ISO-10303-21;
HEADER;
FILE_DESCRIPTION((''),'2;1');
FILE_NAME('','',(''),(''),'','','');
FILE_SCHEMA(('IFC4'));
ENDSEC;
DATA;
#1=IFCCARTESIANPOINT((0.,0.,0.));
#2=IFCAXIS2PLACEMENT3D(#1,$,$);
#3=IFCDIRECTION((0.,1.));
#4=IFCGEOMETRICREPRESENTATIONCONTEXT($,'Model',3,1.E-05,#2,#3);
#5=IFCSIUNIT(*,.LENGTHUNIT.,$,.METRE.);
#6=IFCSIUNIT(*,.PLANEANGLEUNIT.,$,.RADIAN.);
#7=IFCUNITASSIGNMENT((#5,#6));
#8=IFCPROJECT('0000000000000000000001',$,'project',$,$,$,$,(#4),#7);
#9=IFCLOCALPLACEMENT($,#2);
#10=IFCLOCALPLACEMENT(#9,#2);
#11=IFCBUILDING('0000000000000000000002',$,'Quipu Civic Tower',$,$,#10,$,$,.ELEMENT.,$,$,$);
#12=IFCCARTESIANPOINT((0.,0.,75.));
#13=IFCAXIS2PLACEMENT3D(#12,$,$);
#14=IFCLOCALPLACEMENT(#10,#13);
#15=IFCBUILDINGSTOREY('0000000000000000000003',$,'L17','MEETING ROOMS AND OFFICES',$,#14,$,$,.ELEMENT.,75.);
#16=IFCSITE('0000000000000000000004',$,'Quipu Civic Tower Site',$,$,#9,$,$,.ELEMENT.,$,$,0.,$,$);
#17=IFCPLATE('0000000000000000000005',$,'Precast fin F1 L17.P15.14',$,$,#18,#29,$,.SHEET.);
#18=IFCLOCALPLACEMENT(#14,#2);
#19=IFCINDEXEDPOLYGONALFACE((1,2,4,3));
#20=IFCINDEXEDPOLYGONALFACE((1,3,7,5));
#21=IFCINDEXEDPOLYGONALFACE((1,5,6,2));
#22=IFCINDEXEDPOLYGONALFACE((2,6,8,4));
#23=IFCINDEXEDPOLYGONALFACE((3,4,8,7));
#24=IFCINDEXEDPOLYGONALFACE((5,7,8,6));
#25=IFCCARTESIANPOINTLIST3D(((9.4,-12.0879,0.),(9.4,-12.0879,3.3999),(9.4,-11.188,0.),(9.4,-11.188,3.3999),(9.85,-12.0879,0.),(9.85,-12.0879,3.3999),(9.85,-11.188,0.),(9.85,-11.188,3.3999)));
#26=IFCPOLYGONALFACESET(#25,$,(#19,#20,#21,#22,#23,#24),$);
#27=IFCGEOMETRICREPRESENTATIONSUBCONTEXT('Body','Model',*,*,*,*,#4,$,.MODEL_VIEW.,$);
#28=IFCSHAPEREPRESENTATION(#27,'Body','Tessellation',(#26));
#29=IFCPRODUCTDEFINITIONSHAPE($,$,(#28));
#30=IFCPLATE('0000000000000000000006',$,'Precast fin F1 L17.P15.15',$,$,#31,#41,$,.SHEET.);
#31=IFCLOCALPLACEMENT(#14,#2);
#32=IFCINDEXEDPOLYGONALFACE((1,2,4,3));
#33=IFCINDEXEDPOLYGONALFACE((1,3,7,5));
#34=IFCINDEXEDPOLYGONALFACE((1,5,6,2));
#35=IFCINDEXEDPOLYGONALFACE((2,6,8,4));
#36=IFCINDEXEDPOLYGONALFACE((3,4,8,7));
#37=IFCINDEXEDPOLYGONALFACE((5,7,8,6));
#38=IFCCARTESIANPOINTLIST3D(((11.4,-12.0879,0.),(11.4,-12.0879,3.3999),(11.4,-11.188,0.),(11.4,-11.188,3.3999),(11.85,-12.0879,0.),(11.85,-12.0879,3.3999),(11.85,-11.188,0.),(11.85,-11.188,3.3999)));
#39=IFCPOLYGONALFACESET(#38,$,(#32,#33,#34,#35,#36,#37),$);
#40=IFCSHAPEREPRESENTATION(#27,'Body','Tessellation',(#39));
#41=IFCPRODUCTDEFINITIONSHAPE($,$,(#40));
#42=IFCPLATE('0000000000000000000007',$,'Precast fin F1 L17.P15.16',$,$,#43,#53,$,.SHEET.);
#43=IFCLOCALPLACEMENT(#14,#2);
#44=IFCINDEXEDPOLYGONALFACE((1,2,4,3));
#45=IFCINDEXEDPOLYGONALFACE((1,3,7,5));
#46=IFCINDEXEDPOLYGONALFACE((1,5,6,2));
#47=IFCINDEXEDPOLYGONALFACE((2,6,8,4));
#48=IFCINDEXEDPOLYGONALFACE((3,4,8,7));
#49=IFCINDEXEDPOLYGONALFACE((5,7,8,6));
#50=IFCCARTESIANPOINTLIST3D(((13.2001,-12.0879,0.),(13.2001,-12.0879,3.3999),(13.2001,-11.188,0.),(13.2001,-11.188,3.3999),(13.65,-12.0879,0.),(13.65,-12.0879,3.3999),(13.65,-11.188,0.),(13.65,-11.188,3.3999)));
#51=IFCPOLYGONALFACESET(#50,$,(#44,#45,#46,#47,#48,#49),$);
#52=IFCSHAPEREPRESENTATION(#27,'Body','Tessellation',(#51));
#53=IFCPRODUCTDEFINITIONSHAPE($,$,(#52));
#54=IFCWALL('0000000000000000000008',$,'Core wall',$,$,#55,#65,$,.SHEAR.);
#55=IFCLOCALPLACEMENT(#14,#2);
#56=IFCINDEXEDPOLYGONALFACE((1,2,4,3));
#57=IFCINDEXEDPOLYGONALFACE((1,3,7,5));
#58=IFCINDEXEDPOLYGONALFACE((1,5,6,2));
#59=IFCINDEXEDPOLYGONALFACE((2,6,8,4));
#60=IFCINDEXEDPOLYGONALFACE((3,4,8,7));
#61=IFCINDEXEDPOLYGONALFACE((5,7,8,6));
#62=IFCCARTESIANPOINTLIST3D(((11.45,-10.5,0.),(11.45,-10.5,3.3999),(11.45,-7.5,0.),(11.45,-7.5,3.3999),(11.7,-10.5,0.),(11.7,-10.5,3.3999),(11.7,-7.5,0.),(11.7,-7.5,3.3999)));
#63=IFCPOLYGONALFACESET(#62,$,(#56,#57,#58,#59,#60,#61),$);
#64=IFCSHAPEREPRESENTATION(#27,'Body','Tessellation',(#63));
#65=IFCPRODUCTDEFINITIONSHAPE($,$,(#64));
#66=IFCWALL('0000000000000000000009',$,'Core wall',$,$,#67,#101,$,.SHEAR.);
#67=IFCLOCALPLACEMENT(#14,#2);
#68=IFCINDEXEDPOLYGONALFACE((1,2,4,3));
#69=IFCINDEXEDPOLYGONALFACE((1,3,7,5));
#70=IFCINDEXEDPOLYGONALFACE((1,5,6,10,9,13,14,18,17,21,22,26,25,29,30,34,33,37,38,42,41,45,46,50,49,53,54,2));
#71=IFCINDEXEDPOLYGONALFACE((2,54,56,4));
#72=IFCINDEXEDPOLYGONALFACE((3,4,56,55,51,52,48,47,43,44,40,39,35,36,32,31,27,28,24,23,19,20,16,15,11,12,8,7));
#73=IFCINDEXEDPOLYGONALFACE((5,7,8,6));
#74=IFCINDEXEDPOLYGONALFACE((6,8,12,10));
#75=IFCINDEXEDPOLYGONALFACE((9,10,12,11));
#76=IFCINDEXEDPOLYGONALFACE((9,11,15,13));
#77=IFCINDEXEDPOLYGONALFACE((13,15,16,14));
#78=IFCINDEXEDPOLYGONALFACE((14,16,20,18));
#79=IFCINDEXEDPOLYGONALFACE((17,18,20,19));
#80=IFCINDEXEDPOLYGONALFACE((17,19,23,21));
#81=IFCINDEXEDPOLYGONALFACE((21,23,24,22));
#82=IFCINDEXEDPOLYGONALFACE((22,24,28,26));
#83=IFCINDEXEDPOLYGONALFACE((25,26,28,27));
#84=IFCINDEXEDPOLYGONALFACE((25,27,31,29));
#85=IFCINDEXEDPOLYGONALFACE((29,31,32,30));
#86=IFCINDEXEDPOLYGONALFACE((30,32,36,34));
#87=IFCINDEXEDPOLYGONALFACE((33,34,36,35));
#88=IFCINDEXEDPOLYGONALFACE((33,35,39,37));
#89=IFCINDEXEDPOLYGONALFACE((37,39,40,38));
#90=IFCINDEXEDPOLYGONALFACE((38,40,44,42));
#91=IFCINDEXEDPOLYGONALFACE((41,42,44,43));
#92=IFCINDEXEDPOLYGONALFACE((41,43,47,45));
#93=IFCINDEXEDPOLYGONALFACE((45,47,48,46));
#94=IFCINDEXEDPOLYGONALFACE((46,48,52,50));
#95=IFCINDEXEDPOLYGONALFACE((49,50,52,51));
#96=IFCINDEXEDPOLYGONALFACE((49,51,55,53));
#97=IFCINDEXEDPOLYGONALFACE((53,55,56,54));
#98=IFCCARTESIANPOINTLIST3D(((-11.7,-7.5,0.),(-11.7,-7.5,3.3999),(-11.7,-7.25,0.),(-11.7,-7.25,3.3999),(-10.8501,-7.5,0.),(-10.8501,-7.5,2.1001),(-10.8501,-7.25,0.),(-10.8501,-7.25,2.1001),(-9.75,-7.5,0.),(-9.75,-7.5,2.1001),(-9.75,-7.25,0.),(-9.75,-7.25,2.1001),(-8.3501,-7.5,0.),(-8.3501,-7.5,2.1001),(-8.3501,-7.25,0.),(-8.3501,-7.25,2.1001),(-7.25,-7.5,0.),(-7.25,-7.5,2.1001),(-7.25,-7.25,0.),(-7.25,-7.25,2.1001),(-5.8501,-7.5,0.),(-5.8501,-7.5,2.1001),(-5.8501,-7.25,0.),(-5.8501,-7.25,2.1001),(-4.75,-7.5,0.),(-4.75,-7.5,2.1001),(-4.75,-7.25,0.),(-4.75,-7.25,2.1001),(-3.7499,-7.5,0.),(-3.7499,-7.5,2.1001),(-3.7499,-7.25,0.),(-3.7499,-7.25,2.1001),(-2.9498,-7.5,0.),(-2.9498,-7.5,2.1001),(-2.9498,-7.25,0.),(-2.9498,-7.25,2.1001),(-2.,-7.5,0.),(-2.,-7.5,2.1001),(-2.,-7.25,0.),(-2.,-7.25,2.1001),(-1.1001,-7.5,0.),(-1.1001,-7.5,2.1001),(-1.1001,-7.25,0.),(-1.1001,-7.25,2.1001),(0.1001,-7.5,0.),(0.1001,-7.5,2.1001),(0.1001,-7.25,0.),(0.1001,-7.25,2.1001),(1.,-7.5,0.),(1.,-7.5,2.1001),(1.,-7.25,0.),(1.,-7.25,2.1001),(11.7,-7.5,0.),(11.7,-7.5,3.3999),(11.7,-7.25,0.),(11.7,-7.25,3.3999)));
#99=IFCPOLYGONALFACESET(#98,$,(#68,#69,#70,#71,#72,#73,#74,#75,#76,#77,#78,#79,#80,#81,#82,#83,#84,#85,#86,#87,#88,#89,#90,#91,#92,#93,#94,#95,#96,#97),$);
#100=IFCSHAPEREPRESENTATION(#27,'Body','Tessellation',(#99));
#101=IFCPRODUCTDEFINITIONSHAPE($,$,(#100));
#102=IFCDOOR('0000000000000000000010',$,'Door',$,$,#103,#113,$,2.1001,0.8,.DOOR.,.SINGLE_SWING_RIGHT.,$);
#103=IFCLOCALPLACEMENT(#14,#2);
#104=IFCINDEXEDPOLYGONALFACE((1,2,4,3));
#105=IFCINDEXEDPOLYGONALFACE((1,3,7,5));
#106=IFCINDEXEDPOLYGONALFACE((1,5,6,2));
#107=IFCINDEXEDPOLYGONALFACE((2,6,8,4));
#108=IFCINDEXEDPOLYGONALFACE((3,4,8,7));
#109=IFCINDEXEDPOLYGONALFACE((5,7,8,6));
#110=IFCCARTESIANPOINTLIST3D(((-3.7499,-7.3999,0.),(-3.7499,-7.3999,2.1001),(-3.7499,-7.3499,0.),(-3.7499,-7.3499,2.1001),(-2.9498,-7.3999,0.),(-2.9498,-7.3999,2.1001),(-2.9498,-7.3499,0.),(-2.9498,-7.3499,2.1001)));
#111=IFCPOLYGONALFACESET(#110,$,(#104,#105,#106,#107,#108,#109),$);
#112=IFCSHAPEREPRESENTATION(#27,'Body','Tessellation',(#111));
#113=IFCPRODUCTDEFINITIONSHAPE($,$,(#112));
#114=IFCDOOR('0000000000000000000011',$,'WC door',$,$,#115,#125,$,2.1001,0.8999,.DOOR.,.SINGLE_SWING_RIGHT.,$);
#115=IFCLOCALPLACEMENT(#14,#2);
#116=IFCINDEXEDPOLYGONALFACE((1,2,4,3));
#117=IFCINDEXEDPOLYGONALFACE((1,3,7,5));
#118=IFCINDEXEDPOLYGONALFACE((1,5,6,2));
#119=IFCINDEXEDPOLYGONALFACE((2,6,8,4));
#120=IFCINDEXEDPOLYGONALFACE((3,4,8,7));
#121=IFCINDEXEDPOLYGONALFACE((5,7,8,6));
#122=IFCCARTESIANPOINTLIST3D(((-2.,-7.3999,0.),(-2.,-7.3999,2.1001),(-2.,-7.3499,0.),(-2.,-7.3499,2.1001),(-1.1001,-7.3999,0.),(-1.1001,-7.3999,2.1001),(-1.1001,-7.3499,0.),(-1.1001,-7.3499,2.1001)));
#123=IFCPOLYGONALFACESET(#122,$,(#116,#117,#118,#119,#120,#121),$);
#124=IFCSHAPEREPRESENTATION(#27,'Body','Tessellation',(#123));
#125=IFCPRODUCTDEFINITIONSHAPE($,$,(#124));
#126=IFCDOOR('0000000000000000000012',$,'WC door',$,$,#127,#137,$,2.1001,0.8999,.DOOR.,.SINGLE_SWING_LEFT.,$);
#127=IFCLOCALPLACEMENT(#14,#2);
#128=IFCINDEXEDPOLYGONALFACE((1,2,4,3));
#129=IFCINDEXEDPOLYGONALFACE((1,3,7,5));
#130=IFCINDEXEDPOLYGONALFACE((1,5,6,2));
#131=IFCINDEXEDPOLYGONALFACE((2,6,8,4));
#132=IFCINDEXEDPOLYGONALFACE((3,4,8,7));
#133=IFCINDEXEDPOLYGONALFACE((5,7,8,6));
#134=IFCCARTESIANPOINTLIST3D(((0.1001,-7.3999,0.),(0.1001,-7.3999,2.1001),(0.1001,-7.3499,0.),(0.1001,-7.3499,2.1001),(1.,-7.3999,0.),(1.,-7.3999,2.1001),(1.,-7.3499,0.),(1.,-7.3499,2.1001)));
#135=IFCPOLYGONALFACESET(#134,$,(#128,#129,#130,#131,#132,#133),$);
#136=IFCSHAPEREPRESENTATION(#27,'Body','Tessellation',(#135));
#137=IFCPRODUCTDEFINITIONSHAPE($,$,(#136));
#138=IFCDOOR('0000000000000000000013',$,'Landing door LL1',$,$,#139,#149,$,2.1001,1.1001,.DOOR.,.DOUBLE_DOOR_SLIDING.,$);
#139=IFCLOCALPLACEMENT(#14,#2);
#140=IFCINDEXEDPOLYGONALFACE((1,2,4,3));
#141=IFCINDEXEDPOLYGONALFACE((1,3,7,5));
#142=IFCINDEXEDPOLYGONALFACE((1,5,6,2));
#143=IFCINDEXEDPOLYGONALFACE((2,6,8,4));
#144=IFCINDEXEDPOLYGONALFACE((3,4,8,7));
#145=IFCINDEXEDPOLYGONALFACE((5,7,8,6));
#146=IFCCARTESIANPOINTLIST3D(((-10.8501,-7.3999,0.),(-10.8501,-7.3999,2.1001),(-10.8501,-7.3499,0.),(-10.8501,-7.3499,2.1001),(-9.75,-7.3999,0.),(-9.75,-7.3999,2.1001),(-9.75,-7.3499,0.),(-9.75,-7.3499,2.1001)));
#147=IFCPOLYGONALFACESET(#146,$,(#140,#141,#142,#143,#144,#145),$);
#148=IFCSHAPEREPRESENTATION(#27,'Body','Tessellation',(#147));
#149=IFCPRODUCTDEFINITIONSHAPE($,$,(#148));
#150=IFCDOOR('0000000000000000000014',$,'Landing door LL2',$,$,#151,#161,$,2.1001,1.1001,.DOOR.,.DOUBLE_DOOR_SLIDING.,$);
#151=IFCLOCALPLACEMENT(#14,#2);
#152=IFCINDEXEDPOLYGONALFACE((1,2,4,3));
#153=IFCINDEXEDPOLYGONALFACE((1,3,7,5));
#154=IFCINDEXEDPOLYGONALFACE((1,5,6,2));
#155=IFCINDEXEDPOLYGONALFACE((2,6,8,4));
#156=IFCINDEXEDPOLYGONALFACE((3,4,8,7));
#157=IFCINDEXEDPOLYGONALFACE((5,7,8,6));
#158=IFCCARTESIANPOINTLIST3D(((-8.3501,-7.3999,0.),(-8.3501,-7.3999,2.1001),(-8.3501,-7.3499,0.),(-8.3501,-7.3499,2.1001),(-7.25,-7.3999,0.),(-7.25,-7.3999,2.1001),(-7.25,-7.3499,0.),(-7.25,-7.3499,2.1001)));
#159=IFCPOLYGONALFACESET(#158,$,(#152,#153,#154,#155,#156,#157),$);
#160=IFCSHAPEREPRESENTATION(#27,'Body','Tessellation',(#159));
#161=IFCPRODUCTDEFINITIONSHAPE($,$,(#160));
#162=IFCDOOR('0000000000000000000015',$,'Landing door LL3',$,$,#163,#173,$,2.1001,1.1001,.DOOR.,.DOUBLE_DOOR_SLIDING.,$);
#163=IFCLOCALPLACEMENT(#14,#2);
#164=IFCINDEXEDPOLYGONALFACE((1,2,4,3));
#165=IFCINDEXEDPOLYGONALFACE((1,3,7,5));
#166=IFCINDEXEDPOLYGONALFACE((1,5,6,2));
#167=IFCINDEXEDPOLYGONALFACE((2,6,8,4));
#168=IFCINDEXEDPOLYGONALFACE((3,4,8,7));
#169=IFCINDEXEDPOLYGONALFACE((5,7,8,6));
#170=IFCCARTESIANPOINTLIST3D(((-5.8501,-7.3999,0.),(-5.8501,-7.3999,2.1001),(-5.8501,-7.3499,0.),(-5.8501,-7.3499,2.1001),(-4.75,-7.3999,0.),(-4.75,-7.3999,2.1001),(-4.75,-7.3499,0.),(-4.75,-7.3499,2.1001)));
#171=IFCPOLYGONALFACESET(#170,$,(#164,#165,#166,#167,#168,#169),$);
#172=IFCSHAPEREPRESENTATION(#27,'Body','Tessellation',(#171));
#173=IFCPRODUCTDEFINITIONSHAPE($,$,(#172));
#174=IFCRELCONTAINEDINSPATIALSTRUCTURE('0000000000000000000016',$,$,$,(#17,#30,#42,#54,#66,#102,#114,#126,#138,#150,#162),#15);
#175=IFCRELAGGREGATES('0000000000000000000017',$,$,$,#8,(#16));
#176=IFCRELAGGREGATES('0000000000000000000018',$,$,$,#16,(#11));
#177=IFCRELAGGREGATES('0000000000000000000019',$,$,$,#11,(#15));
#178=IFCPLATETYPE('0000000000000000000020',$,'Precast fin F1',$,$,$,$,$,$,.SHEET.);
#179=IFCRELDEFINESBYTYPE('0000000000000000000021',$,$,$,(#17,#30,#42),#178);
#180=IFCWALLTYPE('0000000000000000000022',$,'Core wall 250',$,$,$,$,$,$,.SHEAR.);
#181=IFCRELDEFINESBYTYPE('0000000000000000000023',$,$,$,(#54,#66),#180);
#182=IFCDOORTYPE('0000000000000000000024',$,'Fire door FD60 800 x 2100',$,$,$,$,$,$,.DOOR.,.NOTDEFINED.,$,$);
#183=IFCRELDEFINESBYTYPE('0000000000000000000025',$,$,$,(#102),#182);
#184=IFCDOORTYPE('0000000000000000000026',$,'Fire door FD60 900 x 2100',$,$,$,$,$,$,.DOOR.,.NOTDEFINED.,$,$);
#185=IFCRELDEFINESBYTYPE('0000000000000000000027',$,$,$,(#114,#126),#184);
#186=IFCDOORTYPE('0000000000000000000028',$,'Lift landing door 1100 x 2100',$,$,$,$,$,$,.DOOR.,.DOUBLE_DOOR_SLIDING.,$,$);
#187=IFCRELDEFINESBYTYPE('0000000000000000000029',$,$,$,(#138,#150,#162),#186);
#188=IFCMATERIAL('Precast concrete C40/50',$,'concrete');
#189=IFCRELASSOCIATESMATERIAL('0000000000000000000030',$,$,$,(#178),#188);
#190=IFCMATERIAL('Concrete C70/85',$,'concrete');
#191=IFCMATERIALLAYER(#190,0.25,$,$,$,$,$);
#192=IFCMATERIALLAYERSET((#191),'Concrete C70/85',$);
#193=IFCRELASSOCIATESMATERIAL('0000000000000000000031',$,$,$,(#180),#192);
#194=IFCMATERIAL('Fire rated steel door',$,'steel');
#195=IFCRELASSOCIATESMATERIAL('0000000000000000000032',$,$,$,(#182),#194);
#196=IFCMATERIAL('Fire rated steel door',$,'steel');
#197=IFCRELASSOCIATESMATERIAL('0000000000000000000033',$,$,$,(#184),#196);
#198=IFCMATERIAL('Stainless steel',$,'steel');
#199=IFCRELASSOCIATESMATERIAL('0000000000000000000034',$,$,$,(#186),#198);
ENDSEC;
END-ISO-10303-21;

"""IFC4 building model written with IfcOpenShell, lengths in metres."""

from ifc_helpers import new_model, si_unit, direction, frame, frame_2d, origin, origin_2d, place, context, subcontext, project, spatial, rectangle, extrude, material, layer, layer_set, type_object, element, fill, save


model = new_model("IFC4")

# Units and contexts
model_context = context("Model", 3, precision=1e-05, world=origin(), true_north=direction((0.0, 1.0)))
body_context = subcontext(model_context, "Body", "Model", "MODEL_VIEW")
ifc_project = project(units=[si_unit("LENGTHUNIT", "METRE"), si_unit("PLANEANGLEUNIT", "RADIAN")], contexts=[model_context])

# Site, building, storey
site_placement = place(None, origin())
site = spatial("IfcSite", under=ifc_project, at=site_placement, Name="Quipu Civic Tower Site", CompositionType="ELEMENT", RefElevation=0.0)
building_placement = place(site_placement, origin())
building = spatial("IfcBuilding", under=site, at=building_placement, Name="Quipu Civic Tower", CompositionType="ELEMENT")
storey_placement = place(building_placement, frame((0.0, 0.0, 75.0)))
storey = spatial("IfcBuildingStorey", under=building, at=storey_placement, Name="L17", Description="MEETING ROOMS AND OFFICES", CompositionType="ELEMENT", Elevation=75.0)

# Plates
ifc_material_1 = material(Name="Precast concrete C40/50", Category="concrete")
plate_type = type_object("IfcPlateType", Name="Precast fin F1", PredefinedType="SHEET", material=ifc_material_1)
for number, where, z_axis, x_axis, name in (
    (1, (9.625, -11.6379, 0.0), (0.0, 0.0, 1.0), (1.0, 0.0, 0.0), "Precast fin F1 L17.P15.14"),
    (2, (11.625, -11.6379, 0.0), (0.0, 0.0, 1.0), (1.0, 0.0, 0.0), "Precast fin F1 L17.P15.15"),
    (3, (13.425, -11.6379, 0.0), (0.0, 0.0, 1.0), (1.0, 0.0, 0.0), "Precast fin F1 L17.P15.16"),
):
    element("IfcPlate", number, at=place(storey_placement, frame(where, z_axis=z_axis, x_axis=x_axis)), inside=storey, type_object=plate_type, Name=name, PredefinedType="SHEET", context=body_context, shape_type="SweptSolid", body=[
        extrude(rectangle(XDim=0.45, YDim=0.8999, at=origin_2d()), origin(), (0.0, 0.0, 1.0), 3.3999),
    ])

# Wall
ifc_material_2 = material(Name="Concrete C70/85", Category="concrete")
ifc_layer_1 = layer(ifc_material_2, 0.25)
ifc_layer_set_1 = layer_set([ifc_layer_1], Name="Concrete C70/85")
wall_type_1 = type_object("IfcWallType", Name="Core wall 250", PredefinedType="SHEAR", material=ifc_layer_set_1)
wall_1_placement = place(storey_placement, frame((11.575, -10.5, 0.0), z_axis=(0.0, 0.0, 1.0), x_axis=(0.0, 1.0, 0.0)))
element("IfcWall", 4, at=wall_1_placement, inside=storey, type_object=wall_type_1, Name="Core wall", PredefinedType="SHEAR", context=body_context, shape_type="SweptSolid", body=[
    extrude(rectangle(XDim=3.0, YDim=0.25, at=frame_2d((1.5, 0.0))), origin(), (0.0, 0.0, 1.0), 3.3999),
])

# Wall, openings, doors
wall_2_placement = place(storey_placement, frame((11.7, -7.375, 0.0), z_axis=(0.0, 0.0, 1.0), x_axis=(-1.0, 0.0, 0.0)))
wall_2 = element("IfcWall", 5, at=wall_2_placement, inside=storey, type_object=wall_type_1, Name="Core wall", PredefinedType="SHEAR", context=body_context, shape_type="SweptSolid", body=[
    extrude(rectangle(XDim=23.3999, YDim=0.25, at=frame_2d((11.7, 0.0))), origin(), (0.0, 0.0, 1.0), 3.3999),
])
opening_1_placement = place(wall_2_placement, frame((21.45, 0.0, 0.0)))
opening_1 = element("IfcOpeningElement", 6, at=opening_1_placement, cuts=wall_2, PredefinedType="OPENING", context=body_context, shape_type="SweptSolid", body=[
    extrude(rectangle(XDim=1.1001, YDim=2.1001, at=frame_2d((0.55, 1.05))), frame((0.0, 0.135, 0.0), z_axis=(0.0, -1.0, 0.0), x_axis=(1.0, 0.0, 0.0)), (0.0, 0.0, 1.0), 0.27),
])
opening_2_placement = place(wall_2_placement, frame((18.95, 0.0, 0.0)))
opening_2 = element("IfcOpeningElement", 7, at=opening_2_placement, cuts=wall_2, PredefinedType="OPENING", context=body_context, shape_type="SweptSolid", body=[
    extrude(rectangle(XDim=1.1001, YDim=2.1001, at=frame_2d((0.55, 1.05))), frame((0.0, 0.135, 0.0), z_axis=(0.0, -1.0, 0.0), x_axis=(1.0, 0.0, 0.0)), (0.0, 0.0, 1.0), 0.27),
])
opening_3_placement = place(wall_2_placement, frame((16.45, 0.0, 0.0)))
opening_3 = element("IfcOpeningElement", 8, at=opening_3_placement, cuts=wall_2, PredefinedType="OPENING", context=body_context, shape_type="SweptSolid", body=[
    extrude(rectangle(XDim=1.1001, YDim=2.1001, at=frame_2d((0.55, 1.05))), frame((0.0, 0.135, 0.0), z_axis=(0.0, -1.0, 0.0), x_axis=(1.0, 0.0, 0.0)), (0.0, 0.0, 1.0), 0.27),
])
opening_4_placement = place(wall_2_placement, frame((14.6499, 0.0, 0.0)))
opening_4 = element("IfcOpeningElement", 9, at=opening_4_placement, cuts=wall_2, PredefinedType="OPENING", context=body_context, shape_type="SweptSolid", body=[
    extrude(rectangle(XDim=0.8, YDim=2.1001, at=frame_2d((0.3999, 1.05))), frame((0.0, 0.135, 0.0), z_axis=(0.0, -1.0, 0.0), x_axis=(1.0, 0.0, 0.0)), (0.0, 0.0, 1.0), 0.27),
])
opening_5_placement = place(wall_2_placement, frame((12.8, 0.0, 0.0)))
opening_5 = element("IfcOpeningElement", 10, at=opening_5_placement, cuts=wall_2, PredefinedType="OPENING", context=body_context, shape_type="SweptSolid", body=[
    extrude(rectangle(XDim=0.8999, YDim=2.1001, at=frame_2d((0.45, 1.05))), frame((0.0, 0.135, 0.0), z_axis=(0.0, -1.0, 0.0), x_axis=(1.0, 0.0, 0.0)), (0.0, 0.0, 1.0), 0.27),
])
opening_6_placement = place(wall_2_placement, frame((10.7, 0.0, 0.0)))
opening_6 = element("IfcOpeningElement", 11, at=opening_6_placement, cuts=wall_2, PredefinedType="OPENING", context=body_context, shape_type="SweptSolid", body=[
    extrude(rectangle(XDim=0.8999, YDim=2.1001, at=frame_2d((0.45, 1.05))), frame((0.0, 0.135, 0.0), z_axis=(0.0, -1.0, 0.0), x_axis=(1.0, 0.0, 0.0)), (0.0, 0.0, 1.0), 0.27),
])
ifc_material_3 = material(Name="Fire rated steel door", Category="steel")
door_type_1 = type_object("IfcDoorType", Name="Fire door FD60 800 x 2100", OperationType="NOTDEFINED", PredefinedType="DOOR", material=ifc_material_3)
door_1_placement = place(opening_4_placement, origin())
door_1 = element("IfcDoor", 12, at=door_1_placement, inside=storey, type_object=door_type_1, Name="Door", OperationType="SINGLE_SWING_RIGHT", OverallHeight=2.1001, OverallWidth=0.8, PredefinedType="DOOR", context=body_context, shape_type="SweptSolid", body=[
    extrude(rectangle(XDim=0.8, YDim=2.1001, at=frame_2d((0.3999, 1.05))), frame((0.0, 0.0249, 0.0), z_axis=(0.0, -1.0, 0.0), x_axis=(1.0, 0.0, 0.0)), (0.0, 0.0, 1.0), 0.05),
])
fill(opening_4, door_1)
ifc_material_4 = material(Name="Fire rated steel door", Category="steel")
door_type_2 = type_object("IfcDoorType", Name="Fire door FD60 900 x 2100", OperationType="NOTDEFINED", PredefinedType="DOOR", material=ifc_material_4)
door_2_placement = place(opening_5_placement, origin())
door_2 = element("IfcDoor", 13, at=door_2_placement, inside=storey, type_object=door_type_2, Name="WC door", OperationType="SINGLE_SWING_RIGHT", OverallHeight=2.1001, OverallWidth=0.8999, PredefinedType="DOOR", context=body_context, shape_type="SweptSolid", body=[
    extrude(rectangle(XDim=0.8999, YDim=2.1001, at=frame_2d((0.45, 1.05))), frame((0.0, 0.0249, 0.0), z_axis=(0.0, -1.0, 0.0), x_axis=(1.0, 0.0, 0.0)), (0.0, 0.0, 1.0), 0.05),
])
fill(opening_5, door_2)
door_3_placement = place(opening_6_placement, origin())
door_3 = element("IfcDoor", 14, at=door_3_placement, inside=storey, type_object=door_type_2, Name="WC door", OperationType="SINGLE_SWING_LEFT", OverallHeight=2.1001, OverallWidth=0.8999, PredefinedType="DOOR", context=body_context, shape_type="SweptSolid", body=[
    extrude(rectangle(XDim=0.8999, YDim=2.1001, at=frame_2d((0.45, 1.05))), frame((0.0, 0.0249, 0.0), z_axis=(0.0, -1.0, 0.0), x_axis=(1.0, 0.0, 0.0)), (0.0, 0.0, 1.0), 0.05),
])
fill(opening_6, door_3)
ifc_material_5 = material(Name="Stainless steel", Category="steel")
door_type_3 = type_object("IfcDoorType", Name="Lift landing door 1100 x 2100", OperationType="DOUBLE_DOOR_SLIDING", PredefinedType="DOOR", material=ifc_material_5)
door_4_placement = place(opening_1_placement, origin())
door_4 = element("IfcDoor", 15, at=door_4_placement, inside=storey, type_object=door_type_3, Name="Landing door LL1", OperationType="DOUBLE_DOOR_SLIDING", OverallHeight=2.1001, OverallWidth=1.1001, PredefinedType="DOOR", context=body_context, shape_type="SweptSolid", body=[
    extrude(rectangle(XDim=1.1001, YDim=2.1001, at=frame_2d((0.55, 1.05))), frame((0.0, 0.0249, 0.0), z_axis=(0.0, -1.0, 0.0), x_axis=(1.0, 0.0, 0.0)), (0.0, 0.0, 1.0), 0.05),
])
fill(opening_1, door_4)
door_5_placement = place(opening_2_placement, origin())
door_5 = element("IfcDoor", 16, at=door_5_placement, inside=storey, type_object=door_type_3, Name="Landing door LL2", OperationType="DOUBLE_DOOR_SLIDING", OverallHeight=2.1001, OverallWidth=1.1001, PredefinedType="DOOR", context=body_context, shape_type="SweptSolid", body=[
    extrude(rectangle(XDim=1.1001, YDim=2.1001, at=frame_2d((0.55, 1.05))), frame((0.0, 0.0249, 0.0), z_axis=(0.0, -1.0, 0.0), x_axis=(1.0, 0.0, 0.0)), (0.0, 0.0, 1.0), 0.05),
])
fill(opening_2, door_5)
door_6_placement = place(opening_3_placement, origin())
door_6 = element("IfcDoor", 17, at=door_6_placement, inside=storey, type_object=door_type_3, Name="Landing door LL3", OperationType="DOUBLE_DOOR_SLIDING", OverallHeight=2.1001, OverallWidth=1.1001, PredefinedType="DOOR", context=body_context, shape_type="SweptSolid", body=[
    extrude(rectangle(XDim=1.1001, YDim=2.1001, at=frame_2d((0.55, 1.05))), frame((0.0, 0.0249, 0.0), z_axis=(0.0, -1.0, 0.0), x_axis=(1.0, 0.0, 0.0)), (0.0, 0.0, 1.0), 0.05),
])
fill(opening_3, door_6)

save(model, "model.ifc")
